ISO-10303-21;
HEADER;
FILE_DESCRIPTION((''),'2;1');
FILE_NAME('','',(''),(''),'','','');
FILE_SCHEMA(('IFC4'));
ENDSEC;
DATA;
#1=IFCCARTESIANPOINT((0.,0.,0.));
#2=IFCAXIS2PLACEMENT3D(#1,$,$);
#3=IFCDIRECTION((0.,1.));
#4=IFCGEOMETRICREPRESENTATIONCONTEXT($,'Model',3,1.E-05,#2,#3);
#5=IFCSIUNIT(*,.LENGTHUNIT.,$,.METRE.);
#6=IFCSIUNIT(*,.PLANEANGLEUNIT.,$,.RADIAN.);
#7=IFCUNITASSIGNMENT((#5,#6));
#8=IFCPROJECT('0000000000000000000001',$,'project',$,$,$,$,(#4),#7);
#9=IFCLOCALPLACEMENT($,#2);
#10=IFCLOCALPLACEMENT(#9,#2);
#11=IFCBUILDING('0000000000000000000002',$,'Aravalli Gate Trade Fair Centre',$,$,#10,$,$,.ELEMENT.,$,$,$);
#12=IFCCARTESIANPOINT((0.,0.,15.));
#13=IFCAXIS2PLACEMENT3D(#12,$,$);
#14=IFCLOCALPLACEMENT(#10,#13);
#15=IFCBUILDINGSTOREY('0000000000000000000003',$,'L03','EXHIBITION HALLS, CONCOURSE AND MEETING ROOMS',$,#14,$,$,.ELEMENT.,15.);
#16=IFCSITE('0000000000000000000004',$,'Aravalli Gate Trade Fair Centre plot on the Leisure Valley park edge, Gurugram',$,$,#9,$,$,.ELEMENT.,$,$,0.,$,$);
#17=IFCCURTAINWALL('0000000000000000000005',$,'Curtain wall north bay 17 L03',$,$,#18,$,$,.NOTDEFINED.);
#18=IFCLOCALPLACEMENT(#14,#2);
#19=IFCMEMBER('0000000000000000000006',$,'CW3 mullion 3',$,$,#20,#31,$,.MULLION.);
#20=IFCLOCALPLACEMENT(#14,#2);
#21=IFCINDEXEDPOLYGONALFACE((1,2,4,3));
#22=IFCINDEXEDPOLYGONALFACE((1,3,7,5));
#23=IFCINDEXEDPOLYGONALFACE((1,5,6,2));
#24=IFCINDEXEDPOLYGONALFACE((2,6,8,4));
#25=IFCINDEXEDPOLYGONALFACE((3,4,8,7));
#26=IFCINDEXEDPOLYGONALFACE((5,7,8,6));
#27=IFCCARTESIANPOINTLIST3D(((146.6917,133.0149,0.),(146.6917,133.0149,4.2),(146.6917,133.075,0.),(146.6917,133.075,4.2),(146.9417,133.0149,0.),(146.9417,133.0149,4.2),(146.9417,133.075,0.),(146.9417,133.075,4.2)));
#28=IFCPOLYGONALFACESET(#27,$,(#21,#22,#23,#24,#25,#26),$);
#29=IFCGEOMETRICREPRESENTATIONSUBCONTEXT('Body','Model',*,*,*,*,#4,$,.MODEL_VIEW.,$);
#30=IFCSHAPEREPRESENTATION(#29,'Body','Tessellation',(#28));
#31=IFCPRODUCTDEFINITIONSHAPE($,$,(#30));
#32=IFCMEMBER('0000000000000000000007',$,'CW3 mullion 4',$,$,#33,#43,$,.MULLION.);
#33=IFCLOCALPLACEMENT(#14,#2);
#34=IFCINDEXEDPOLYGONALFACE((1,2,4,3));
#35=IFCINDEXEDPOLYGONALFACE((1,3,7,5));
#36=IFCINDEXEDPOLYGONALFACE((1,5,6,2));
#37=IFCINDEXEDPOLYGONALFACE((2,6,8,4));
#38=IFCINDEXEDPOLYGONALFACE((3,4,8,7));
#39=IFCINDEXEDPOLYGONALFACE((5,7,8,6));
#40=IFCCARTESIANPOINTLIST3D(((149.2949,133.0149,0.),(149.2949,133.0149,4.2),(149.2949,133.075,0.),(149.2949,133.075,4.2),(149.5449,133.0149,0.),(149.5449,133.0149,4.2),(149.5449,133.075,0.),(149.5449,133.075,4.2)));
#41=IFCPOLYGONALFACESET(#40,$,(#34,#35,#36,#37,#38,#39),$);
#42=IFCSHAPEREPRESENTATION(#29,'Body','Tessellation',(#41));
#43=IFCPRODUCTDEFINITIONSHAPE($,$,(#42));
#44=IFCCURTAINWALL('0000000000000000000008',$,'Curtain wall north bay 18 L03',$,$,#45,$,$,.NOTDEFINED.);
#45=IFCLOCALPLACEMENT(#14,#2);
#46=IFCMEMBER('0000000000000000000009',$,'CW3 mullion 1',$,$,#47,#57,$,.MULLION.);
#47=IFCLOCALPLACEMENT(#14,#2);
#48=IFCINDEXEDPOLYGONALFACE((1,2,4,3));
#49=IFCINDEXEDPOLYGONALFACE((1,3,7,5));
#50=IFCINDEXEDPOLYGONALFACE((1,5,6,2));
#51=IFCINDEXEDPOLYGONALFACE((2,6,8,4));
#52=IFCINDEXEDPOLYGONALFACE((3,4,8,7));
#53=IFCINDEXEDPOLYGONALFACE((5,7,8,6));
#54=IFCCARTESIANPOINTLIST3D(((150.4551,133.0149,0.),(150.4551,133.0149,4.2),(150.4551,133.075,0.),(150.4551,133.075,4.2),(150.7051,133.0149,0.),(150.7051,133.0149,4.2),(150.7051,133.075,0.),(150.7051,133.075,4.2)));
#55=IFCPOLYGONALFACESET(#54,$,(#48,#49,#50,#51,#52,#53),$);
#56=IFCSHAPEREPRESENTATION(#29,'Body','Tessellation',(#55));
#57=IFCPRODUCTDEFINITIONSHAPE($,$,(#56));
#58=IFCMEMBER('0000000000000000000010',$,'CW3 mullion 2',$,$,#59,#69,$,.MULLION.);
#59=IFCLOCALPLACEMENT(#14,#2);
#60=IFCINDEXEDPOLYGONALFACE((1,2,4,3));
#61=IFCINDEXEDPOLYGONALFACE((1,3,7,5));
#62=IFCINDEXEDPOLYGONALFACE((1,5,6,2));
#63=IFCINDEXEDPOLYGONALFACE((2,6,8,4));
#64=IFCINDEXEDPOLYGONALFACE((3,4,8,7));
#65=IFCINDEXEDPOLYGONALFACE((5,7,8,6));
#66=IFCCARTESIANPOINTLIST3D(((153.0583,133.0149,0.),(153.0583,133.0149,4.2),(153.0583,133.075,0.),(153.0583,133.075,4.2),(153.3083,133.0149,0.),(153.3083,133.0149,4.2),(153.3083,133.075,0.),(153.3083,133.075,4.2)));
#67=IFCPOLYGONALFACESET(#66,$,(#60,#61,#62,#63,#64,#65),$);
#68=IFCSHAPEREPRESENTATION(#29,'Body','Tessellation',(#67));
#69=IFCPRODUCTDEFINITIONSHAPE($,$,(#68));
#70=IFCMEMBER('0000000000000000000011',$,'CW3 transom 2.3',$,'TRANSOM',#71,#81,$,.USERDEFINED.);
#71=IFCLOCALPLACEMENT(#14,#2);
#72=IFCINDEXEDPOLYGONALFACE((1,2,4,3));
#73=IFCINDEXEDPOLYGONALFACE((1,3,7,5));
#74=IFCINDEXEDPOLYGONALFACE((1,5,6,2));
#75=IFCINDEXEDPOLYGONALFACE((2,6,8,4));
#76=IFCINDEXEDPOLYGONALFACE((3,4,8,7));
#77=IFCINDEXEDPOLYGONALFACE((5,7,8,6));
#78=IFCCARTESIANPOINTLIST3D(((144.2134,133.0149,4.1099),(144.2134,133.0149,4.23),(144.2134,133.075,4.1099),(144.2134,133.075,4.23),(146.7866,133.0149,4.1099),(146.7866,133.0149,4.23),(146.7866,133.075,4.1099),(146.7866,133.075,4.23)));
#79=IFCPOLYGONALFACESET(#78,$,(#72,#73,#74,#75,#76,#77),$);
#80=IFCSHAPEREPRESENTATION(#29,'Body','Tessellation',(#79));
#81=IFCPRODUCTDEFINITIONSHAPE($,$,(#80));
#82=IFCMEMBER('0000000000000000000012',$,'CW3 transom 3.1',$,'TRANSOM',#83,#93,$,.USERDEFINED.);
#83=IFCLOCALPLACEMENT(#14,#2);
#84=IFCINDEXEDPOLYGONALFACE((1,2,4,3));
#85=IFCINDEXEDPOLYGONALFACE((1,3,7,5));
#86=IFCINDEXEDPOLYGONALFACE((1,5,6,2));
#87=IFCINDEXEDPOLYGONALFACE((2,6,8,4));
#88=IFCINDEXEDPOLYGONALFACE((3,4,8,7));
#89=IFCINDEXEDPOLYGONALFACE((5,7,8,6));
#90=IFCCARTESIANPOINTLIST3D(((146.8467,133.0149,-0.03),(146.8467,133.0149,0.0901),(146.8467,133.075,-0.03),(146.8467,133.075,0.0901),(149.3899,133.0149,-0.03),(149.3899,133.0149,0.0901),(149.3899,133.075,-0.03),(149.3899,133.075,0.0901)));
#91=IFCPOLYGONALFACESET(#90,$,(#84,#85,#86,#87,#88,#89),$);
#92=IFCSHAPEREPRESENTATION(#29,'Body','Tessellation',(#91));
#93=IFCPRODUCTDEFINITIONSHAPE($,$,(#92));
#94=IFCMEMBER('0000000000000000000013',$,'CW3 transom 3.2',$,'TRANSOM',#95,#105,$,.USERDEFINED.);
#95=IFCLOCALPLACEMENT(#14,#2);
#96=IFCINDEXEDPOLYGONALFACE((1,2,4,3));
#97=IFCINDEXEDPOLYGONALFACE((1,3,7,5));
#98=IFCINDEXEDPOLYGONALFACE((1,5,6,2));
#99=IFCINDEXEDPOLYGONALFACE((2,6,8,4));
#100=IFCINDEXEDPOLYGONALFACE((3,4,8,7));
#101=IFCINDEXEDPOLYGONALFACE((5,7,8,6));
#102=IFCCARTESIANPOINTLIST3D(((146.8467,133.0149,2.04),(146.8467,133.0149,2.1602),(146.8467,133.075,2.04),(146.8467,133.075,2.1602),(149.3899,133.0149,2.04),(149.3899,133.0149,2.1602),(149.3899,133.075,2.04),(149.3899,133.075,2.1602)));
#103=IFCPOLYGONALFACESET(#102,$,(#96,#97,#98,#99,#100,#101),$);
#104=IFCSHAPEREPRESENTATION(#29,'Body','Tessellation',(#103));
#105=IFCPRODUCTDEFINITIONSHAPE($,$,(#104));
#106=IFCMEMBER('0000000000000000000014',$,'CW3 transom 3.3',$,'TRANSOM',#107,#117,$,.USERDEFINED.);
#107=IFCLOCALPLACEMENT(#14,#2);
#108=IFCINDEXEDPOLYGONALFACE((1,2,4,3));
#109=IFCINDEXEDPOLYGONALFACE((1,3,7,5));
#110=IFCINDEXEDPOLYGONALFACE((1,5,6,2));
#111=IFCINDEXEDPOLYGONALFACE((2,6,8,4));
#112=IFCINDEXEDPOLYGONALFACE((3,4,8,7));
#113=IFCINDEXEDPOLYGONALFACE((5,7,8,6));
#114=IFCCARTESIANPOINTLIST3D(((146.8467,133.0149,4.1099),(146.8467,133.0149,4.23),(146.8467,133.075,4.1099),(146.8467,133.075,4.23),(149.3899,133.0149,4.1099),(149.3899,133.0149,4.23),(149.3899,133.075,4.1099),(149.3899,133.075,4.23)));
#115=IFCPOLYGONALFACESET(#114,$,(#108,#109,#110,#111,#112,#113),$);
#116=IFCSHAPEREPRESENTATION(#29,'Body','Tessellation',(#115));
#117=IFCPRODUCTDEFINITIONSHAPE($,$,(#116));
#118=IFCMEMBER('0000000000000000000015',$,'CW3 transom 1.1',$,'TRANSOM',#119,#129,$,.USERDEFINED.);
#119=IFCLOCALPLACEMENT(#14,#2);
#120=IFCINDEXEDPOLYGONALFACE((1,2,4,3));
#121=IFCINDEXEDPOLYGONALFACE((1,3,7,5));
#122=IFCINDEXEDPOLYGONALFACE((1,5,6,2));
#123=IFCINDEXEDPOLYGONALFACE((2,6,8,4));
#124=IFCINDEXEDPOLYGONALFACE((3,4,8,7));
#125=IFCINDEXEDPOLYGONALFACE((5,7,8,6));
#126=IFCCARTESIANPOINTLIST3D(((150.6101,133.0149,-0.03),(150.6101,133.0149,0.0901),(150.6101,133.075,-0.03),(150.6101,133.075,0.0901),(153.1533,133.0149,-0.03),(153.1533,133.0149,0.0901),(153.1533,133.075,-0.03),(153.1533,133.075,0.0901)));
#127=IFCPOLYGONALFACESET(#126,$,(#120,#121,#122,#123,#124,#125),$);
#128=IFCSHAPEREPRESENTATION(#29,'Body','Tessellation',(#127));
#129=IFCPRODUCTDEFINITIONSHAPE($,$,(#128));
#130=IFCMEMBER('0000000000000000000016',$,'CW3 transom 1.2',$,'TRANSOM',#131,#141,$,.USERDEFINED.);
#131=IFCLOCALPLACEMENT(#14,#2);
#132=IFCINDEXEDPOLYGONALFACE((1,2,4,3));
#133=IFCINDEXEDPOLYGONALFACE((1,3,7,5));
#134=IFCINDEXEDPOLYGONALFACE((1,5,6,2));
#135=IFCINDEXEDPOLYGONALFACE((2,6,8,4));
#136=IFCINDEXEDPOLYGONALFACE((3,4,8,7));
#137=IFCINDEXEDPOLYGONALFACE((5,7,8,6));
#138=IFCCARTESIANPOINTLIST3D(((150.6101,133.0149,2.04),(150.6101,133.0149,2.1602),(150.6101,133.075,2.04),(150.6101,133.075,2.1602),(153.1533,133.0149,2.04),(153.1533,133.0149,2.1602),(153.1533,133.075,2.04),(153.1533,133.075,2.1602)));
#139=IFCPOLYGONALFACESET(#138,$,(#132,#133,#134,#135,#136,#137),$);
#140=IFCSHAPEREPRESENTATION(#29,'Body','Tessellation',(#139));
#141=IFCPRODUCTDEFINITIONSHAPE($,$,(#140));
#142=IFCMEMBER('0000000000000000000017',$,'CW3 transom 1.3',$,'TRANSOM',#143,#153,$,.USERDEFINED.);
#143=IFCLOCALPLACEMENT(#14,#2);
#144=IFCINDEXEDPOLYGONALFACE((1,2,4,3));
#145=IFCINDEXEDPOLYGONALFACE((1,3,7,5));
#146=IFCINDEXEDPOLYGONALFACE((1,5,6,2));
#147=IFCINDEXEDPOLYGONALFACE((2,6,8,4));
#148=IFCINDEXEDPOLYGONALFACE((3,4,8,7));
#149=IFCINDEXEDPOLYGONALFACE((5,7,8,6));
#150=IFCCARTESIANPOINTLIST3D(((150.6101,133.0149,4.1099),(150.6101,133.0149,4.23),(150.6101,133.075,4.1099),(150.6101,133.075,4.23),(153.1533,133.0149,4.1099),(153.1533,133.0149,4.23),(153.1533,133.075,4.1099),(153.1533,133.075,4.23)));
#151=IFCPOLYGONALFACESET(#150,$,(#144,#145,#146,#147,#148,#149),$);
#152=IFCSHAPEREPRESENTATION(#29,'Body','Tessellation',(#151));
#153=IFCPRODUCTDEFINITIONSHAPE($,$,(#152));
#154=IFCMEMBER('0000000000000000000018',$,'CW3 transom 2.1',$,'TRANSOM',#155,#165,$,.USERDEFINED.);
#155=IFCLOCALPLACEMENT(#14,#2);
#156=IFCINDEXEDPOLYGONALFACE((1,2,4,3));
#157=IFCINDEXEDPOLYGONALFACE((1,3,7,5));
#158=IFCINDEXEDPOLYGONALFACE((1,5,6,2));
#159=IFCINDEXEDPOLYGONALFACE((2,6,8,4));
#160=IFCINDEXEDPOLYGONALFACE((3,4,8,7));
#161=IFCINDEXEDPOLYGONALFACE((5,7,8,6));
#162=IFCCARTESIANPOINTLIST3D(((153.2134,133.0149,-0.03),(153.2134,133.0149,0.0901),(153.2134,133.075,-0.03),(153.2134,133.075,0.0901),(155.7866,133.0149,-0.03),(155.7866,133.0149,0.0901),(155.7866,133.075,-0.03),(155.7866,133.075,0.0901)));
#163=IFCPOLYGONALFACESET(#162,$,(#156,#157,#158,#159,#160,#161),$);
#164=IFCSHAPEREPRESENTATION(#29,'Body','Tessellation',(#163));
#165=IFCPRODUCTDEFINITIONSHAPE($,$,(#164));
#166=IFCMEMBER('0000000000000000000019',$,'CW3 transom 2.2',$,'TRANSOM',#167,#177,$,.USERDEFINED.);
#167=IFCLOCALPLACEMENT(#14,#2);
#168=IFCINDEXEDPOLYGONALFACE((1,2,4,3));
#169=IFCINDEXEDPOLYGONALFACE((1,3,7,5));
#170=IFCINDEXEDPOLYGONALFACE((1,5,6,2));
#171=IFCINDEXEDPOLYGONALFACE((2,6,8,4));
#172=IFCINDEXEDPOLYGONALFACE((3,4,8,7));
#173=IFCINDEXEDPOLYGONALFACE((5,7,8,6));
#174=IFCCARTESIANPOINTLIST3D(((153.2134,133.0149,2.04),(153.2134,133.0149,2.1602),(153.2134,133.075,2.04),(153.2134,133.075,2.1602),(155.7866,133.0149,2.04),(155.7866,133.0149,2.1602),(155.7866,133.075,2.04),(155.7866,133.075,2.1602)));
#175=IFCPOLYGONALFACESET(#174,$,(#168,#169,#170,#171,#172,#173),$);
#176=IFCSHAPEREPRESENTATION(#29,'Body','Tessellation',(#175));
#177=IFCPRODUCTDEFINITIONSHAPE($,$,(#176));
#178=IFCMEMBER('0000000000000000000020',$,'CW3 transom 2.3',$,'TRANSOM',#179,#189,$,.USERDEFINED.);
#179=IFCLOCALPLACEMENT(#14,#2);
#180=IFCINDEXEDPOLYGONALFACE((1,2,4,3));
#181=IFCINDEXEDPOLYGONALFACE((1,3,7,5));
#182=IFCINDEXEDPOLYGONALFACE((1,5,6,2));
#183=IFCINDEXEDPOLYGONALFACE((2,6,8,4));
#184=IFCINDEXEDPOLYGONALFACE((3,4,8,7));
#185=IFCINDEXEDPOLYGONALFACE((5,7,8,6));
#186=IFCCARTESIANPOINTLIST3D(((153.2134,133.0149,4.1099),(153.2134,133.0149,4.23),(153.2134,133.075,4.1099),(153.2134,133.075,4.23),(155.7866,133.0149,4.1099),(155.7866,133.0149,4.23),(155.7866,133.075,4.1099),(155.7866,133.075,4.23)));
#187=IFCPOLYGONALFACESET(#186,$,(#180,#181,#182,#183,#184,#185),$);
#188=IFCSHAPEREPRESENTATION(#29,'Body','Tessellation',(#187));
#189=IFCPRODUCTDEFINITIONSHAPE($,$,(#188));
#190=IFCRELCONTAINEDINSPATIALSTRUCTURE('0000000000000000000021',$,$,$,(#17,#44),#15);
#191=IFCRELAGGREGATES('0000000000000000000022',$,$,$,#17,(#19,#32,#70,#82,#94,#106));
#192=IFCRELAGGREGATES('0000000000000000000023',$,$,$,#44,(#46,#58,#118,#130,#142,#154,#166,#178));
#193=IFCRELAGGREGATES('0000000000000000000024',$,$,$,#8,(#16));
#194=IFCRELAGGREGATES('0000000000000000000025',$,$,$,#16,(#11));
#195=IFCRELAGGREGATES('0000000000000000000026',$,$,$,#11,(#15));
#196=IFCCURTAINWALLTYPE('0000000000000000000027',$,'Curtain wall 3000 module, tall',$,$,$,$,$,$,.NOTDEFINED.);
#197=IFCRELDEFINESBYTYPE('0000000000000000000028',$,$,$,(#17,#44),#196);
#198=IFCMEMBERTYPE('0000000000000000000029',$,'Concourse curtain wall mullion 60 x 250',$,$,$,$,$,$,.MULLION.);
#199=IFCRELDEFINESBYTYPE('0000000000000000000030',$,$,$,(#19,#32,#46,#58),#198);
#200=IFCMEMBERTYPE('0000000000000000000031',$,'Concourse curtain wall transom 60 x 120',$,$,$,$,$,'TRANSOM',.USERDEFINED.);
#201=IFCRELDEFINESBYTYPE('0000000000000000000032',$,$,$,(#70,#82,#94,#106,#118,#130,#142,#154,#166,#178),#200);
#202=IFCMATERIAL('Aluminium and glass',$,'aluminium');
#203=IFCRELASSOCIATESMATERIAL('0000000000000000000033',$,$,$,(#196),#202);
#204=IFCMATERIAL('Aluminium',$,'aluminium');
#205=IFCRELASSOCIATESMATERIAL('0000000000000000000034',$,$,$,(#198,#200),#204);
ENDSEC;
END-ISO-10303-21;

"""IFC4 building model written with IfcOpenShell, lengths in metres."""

from ifc_helpers import new_model, si_unit, direction, frame, origin, origin_2d, place, context, subcontext, project, spatial, rectangle, extrude, material, material_profile, profile_set, type_object, element, aggregate, save


model = new_model("IFC4")

# Units and contexts
model_context = context("Model", 3, precision=1e-05, world=origin(), true_north=direction((0.0, 1.0)))
body_context = subcontext(model_context, "Body", "Model", "MODEL_VIEW")
ifc_project = project(units=[si_unit("LENGTHUNIT", "METRE"), si_unit("PLANEANGLEUNIT", "RADIAN")], contexts=[model_context])

# Site, building, storey
site_placement = place(None, origin())
site = spatial("IfcSite", under=ifc_project, at=site_placement, Name="Aravalli Gate Trade Fair Centre plot on the Leisure Valley park edge, Gurugram", CompositionType="ELEMENT", RefElevation=0.0)
building_placement = place(site_placement, origin())
building = spatial("IfcBuilding", under=site, at=building_placement, Name="Aravalli Gate Trade Fair Centre", CompositionType="ELEMENT")
storey_placement = place(building_placement, frame((0.0, 0.0, 15.0)))
storey = spatial("IfcBuildingStorey", under=building, at=storey_placement, Name="L03", Description="EXHIBITION HALLS, CONCOURSE AND MEETING ROOMS", CompositionType="ELEMENT", Elevation=15.0)

# Curtain walls, members
ifc_material_1 = material(Name="Aluminium and glass", Category="aluminium")
curtain_wall_type = type_object("IfcCurtainWallType", Name="Curtain wall 3000 module, tall", PredefinedType="NOTDEFINED", material=ifc_material_1)
curtain_wall_1_placement = place(storey_placement, origin())
curtain_wall_1 = element("IfcCurtainWall", 1, at=curtain_wall_1_placement, inside=storey, type_object=curtain_wall_type, Name="Curtain wall north bay 17 L03", PredefinedType="NOTDEFINED")
ifc_material_2 = material(Name="Aluminium", Category="aluminium")
ifc_material_profile_1 = material_profile(ifc_material_2, rectangle(XDim=0.0601, YDim=0.25, at=origin_2d()), Name="Concourse curtain wall mullion 60 x 250")
ifc_profile_set_1 = profile_set([ifc_material_profile_1], Name="Aluminium")
member_type_1 = type_object("IfcMemberType", Name="Concourse curtain wall mullion 60 x 250", PredefinedType="MULLION", material=ifc_profile_set_1)
member_1_placement = place(storey_placement, frame((146.8167, 133.0449, 0.0), z_axis=(0.0, 0.0, 1.0), x_axis=(0.0, 1.0, 0.0)))
member_1 = element("IfcMember", 2, at=member_1_placement, type_object=member_type_1, Name="CW3 mullion 3", PredefinedType="MULLION", context=body_context, shape_type="SweptSolid", body=[
    extrude(rectangle(XDim=0.0601, YDim=0.25, at=origin_2d()), origin(), (0.0, 0.0, 1.0), 4.2),
])
member_2_placement = place(storey_placement, frame((149.4199, 133.0449, 0.0), z_axis=(0.0, 0.0, 1.0), x_axis=(0.0, 1.0, 0.0)))
member_2 = element("IfcMember", 3, at=member_2_placement, type_object=member_type_1, Name="CW3 mullion 4", PredefinedType="MULLION", context=body_context, shape_type="SweptSolid", body=[
    extrude(rectangle(XDim=0.0601, YDim=0.25, at=origin_2d()), origin(), (0.0, 0.0, 1.0), 4.2),
])
curtain_wall_2_placement = place(storey_placement, origin())
curtain_wall_2 = element("IfcCurtainWall", 4, at=curtain_wall_2_placement, inside=storey, type_object=curtain_wall_type, Name="Curtain wall north bay 18 L03", PredefinedType="NOTDEFINED")
member_3_placement = place(storey_placement, frame((150.5801, 133.0449, 0.0), z_axis=(0.0, 0.0, 1.0), x_axis=(0.0, 1.0, 0.0)))
member_3 = element("IfcMember", 5, at=member_3_placement, type_object=member_type_1, Name="CW3 mullion 1", PredefinedType="MULLION", context=body_context, shape_type="SweptSolid", body=[
    extrude(rectangle(XDim=0.0601, YDim=0.25, at=origin_2d()), origin(), (0.0, 0.0, 1.0), 4.2),
])
member_4_placement = place(storey_placement, frame((153.1833, 133.0449, 0.0), z_axis=(0.0, 0.0, 1.0), x_axis=(0.0, 1.0, 0.0)))
member_4 = element("IfcMember", 6, at=member_4_placement, type_object=member_type_1, Name="CW3 mullion 2", PredefinedType="MULLION", context=body_context, shape_type="SweptSolid", body=[
    extrude(rectangle(XDim=0.0601, YDim=0.25, at=origin_2d()), origin(), (0.0, 0.0, 1.0), 4.2),
])

# Members
ifc_material_profile_2 = material_profile(ifc_material_2, rectangle(XDim=0.0601, YDim=0.1201, at=origin_2d()), Name="Concourse curtain wall transom 60 x 120")
ifc_profile_set_2 = profile_set([ifc_material_profile_2], Name="Aluminium")
member_type_2 = type_object("IfcMemberType", Name="Concourse curtain wall transom 60 x 120", ElementType="TRANSOM", PredefinedType="USERDEFINED", material=ifc_profile_set_2)
member_5_placement = place(storey_placement, frame((144.2134, 133.0449, 4.1699), z_axis=(1.0, 0.0, 0.0), x_axis=(0.0, 1.0, 0.0)))
member_5 = element("IfcMember", 7, at=member_5_placement, type_object=member_type_2, Name="CW3 transom 2.3", ObjectType="TRANSOM", PredefinedType="USERDEFINED", context=body_context, shape_type="SweptSolid", body=[
    extrude(rectangle(XDim=0.0601, YDim=0.1201, at=origin_2d()), origin(), (0.0, 0.0, 1.0), 2.5732),
])
member_6_placement = place(storey_placement, frame((146.8467, 133.0449, 0.03), z_axis=(1.0, 0.0, 0.0), x_axis=(0.0, 1.0, 0.0)))
member_6 = element("IfcMember", 8, at=member_6_placement, type_object=member_type_2, Name="CW3 transom 3.1", ObjectType="TRANSOM", PredefinedType="USERDEFINED", context=body_context, shape_type="SweptSolid", body=[
    extrude(rectangle(XDim=0.0601, YDim=0.1201, at=origin_2d()), origin(), (0.0, 0.0, 1.0), 2.5432),
])
member_7_placement = place(storey_placement, frame((146.8467, 133.0449, 2.1001), z_axis=(1.0, 0.0, 0.0), x_axis=(0.0, 1.0, 0.0)))
member_7 = element("IfcMember", 9, at=member_7_placement, type_object=member_type_2, Name="CW3 transom 3.2", ObjectType="TRANSOM", PredefinedType="USERDEFINED", context=body_context, shape_type="SweptSolid", body=[
    extrude(rectangle(XDim=0.0601, YDim=0.1201, at=origin_2d()), origin(), (0.0, 0.0, 1.0), 2.5432),
])
member_8_placement = place(storey_placement, frame((146.8467, 133.0449, 4.1699), z_axis=(1.0, 0.0, 0.0), x_axis=(0.0, 1.0, 0.0)))
member_8 = element("IfcMember", 10, at=member_8_placement, type_object=member_type_2, Name="CW3 transom 3.3", ObjectType="TRANSOM", PredefinedType="USERDEFINED", context=body_context, shape_type="SweptSolid", body=[
    extrude(rectangle(XDim=0.0601, YDim=0.1201, at=origin_2d()), origin(), (0.0, 0.0, 1.0), 2.5432),
])
member_9_placement = place(storey_placement, frame((150.6101, 133.0449, 0.03), z_axis=(1.0, 0.0, 0.0), x_axis=(0.0, 1.0, 0.0)))
member_9 = element("IfcMember", 11, at=member_9_placement, type_object=member_type_2, Name="CW3 transom 1.1", ObjectType="TRANSOM", PredefinedType="USERDEFINED", context=body_context, shape_type="SweptSolid", body=[
    extrude(rectangle(XDim=0.0601, YDim=0.1201, at=origin_2d()), origin(), (0.0, 0.0, 1.0), 2.5432),
])
member_10_placement = place(storey_placement, frame((150.6101, 133.0449, 2.1001), z_axis=(1.0, 0.0, 0.0), x_axis=(0.0, 1.0, 0.0)))
member_10 = element("IfcMember", 12, at=member_10_placement, type_object=member_type_2, Name="CW3 transom 1.2", ObjectType="TRANSOM", PredefinedType="USERDEFINED", context=body_context, shape_type="SweptSolid", body=[
    extrude(rectangle(XDim=0.0601, YDim=0.1201, at=origin_2d()), origin(), (0.0, 0.0, 1.0), 2.5432),
])
member_11_placement = place(storey_placement, frame((150.6101, 133.0449, 4.1699), z_axis=(1.0, 0.0, 0.0), x_axis=(0.0, 1.0, 0.0)))
member_11 = element("IfcMember", 13, at=member_11_placement, type_object=member_type_2, Name="CW3 transom 1.3", ObjectType="TRANSOM", PredefinedType="USERDEFINED", context=body_context, shape_type="SweptSolid", body=[
    extrude(rectangle(XDim=0.0601, YDim=0.1201, at=origin_2d()), origin(), (0.0, 0.0, 1.0), 2.5432),
])
member_12_placement = place(storey_placement, frame((153.2134, 133.0449, 0.03), z_axis=(1.0, 0.0, 0.0), x_axis=(0.0, 1.0, 0.0)))
member_12 = element("IfcMember", 14, at=member_12_placement, type_object=member_type_2, Name="CW3 transom 2.1", ObjectType="TRANSOM", PredefinedType="USERDEFINED", context=body_context, shape_type="SweptSolid", body=[
    extrude(rectangle(XDim=0.0601, YDim=0.1201, at=origin_2d()), origin(), (0.0, 0.0, 1.0), 2.5732),
])
member_13_placement = place(storey_placement, frame((153.2134, 133.0449, 2.1001), z_axis=(1.0, 0.0, 0.0), x_axis=(0.0, 1.0, 0.0)))
member_13 = element("IfcMember", 15, at=member_13_placement, type_object=member_type_2, Name="CW3 transom 2.2", ObjectType="TRANSOM", PredefinedType="USERDEFINED", context=body_context, shape_type="SweptSolid", body=[
    extrude(rectangle(XDim=0.0601, YDim=0.1201, at=origin_2d()), origin(), (0.0, 0.0, 1.0), 2.5732),
])
member_14_placement = place(storey_placement, frame((153.2134, 133.0449, 4.1699), z_axis=(1.0, 0.0, 0.0), x_axis=(0.0, 1.0, 0.0)))
member_14 = element("IfcMember", 16, at=member_14_placement, type_object=member_type_2, Name="CW3 transom 2.3", ObjectType="TRANSOM", PredefinedType="USERDEFINED", context=body_context, shape_type="SweptSolid", body=[
    extrude(rectangle(XDim=0.0601, YDim=0.1201, at=origin_2d()), origin(), (0.0, 0.0, 1.0), 2.5732),
])

aggregate(curtain_wall_1, [member_1, member_2, member_5, member_6, member_7, member_8])
aggregate(curtain_wall_2, [member_3, member_4, member_9, member_10, member_11, member_12, member_13, member_14])

save(model, "model.ifc")
